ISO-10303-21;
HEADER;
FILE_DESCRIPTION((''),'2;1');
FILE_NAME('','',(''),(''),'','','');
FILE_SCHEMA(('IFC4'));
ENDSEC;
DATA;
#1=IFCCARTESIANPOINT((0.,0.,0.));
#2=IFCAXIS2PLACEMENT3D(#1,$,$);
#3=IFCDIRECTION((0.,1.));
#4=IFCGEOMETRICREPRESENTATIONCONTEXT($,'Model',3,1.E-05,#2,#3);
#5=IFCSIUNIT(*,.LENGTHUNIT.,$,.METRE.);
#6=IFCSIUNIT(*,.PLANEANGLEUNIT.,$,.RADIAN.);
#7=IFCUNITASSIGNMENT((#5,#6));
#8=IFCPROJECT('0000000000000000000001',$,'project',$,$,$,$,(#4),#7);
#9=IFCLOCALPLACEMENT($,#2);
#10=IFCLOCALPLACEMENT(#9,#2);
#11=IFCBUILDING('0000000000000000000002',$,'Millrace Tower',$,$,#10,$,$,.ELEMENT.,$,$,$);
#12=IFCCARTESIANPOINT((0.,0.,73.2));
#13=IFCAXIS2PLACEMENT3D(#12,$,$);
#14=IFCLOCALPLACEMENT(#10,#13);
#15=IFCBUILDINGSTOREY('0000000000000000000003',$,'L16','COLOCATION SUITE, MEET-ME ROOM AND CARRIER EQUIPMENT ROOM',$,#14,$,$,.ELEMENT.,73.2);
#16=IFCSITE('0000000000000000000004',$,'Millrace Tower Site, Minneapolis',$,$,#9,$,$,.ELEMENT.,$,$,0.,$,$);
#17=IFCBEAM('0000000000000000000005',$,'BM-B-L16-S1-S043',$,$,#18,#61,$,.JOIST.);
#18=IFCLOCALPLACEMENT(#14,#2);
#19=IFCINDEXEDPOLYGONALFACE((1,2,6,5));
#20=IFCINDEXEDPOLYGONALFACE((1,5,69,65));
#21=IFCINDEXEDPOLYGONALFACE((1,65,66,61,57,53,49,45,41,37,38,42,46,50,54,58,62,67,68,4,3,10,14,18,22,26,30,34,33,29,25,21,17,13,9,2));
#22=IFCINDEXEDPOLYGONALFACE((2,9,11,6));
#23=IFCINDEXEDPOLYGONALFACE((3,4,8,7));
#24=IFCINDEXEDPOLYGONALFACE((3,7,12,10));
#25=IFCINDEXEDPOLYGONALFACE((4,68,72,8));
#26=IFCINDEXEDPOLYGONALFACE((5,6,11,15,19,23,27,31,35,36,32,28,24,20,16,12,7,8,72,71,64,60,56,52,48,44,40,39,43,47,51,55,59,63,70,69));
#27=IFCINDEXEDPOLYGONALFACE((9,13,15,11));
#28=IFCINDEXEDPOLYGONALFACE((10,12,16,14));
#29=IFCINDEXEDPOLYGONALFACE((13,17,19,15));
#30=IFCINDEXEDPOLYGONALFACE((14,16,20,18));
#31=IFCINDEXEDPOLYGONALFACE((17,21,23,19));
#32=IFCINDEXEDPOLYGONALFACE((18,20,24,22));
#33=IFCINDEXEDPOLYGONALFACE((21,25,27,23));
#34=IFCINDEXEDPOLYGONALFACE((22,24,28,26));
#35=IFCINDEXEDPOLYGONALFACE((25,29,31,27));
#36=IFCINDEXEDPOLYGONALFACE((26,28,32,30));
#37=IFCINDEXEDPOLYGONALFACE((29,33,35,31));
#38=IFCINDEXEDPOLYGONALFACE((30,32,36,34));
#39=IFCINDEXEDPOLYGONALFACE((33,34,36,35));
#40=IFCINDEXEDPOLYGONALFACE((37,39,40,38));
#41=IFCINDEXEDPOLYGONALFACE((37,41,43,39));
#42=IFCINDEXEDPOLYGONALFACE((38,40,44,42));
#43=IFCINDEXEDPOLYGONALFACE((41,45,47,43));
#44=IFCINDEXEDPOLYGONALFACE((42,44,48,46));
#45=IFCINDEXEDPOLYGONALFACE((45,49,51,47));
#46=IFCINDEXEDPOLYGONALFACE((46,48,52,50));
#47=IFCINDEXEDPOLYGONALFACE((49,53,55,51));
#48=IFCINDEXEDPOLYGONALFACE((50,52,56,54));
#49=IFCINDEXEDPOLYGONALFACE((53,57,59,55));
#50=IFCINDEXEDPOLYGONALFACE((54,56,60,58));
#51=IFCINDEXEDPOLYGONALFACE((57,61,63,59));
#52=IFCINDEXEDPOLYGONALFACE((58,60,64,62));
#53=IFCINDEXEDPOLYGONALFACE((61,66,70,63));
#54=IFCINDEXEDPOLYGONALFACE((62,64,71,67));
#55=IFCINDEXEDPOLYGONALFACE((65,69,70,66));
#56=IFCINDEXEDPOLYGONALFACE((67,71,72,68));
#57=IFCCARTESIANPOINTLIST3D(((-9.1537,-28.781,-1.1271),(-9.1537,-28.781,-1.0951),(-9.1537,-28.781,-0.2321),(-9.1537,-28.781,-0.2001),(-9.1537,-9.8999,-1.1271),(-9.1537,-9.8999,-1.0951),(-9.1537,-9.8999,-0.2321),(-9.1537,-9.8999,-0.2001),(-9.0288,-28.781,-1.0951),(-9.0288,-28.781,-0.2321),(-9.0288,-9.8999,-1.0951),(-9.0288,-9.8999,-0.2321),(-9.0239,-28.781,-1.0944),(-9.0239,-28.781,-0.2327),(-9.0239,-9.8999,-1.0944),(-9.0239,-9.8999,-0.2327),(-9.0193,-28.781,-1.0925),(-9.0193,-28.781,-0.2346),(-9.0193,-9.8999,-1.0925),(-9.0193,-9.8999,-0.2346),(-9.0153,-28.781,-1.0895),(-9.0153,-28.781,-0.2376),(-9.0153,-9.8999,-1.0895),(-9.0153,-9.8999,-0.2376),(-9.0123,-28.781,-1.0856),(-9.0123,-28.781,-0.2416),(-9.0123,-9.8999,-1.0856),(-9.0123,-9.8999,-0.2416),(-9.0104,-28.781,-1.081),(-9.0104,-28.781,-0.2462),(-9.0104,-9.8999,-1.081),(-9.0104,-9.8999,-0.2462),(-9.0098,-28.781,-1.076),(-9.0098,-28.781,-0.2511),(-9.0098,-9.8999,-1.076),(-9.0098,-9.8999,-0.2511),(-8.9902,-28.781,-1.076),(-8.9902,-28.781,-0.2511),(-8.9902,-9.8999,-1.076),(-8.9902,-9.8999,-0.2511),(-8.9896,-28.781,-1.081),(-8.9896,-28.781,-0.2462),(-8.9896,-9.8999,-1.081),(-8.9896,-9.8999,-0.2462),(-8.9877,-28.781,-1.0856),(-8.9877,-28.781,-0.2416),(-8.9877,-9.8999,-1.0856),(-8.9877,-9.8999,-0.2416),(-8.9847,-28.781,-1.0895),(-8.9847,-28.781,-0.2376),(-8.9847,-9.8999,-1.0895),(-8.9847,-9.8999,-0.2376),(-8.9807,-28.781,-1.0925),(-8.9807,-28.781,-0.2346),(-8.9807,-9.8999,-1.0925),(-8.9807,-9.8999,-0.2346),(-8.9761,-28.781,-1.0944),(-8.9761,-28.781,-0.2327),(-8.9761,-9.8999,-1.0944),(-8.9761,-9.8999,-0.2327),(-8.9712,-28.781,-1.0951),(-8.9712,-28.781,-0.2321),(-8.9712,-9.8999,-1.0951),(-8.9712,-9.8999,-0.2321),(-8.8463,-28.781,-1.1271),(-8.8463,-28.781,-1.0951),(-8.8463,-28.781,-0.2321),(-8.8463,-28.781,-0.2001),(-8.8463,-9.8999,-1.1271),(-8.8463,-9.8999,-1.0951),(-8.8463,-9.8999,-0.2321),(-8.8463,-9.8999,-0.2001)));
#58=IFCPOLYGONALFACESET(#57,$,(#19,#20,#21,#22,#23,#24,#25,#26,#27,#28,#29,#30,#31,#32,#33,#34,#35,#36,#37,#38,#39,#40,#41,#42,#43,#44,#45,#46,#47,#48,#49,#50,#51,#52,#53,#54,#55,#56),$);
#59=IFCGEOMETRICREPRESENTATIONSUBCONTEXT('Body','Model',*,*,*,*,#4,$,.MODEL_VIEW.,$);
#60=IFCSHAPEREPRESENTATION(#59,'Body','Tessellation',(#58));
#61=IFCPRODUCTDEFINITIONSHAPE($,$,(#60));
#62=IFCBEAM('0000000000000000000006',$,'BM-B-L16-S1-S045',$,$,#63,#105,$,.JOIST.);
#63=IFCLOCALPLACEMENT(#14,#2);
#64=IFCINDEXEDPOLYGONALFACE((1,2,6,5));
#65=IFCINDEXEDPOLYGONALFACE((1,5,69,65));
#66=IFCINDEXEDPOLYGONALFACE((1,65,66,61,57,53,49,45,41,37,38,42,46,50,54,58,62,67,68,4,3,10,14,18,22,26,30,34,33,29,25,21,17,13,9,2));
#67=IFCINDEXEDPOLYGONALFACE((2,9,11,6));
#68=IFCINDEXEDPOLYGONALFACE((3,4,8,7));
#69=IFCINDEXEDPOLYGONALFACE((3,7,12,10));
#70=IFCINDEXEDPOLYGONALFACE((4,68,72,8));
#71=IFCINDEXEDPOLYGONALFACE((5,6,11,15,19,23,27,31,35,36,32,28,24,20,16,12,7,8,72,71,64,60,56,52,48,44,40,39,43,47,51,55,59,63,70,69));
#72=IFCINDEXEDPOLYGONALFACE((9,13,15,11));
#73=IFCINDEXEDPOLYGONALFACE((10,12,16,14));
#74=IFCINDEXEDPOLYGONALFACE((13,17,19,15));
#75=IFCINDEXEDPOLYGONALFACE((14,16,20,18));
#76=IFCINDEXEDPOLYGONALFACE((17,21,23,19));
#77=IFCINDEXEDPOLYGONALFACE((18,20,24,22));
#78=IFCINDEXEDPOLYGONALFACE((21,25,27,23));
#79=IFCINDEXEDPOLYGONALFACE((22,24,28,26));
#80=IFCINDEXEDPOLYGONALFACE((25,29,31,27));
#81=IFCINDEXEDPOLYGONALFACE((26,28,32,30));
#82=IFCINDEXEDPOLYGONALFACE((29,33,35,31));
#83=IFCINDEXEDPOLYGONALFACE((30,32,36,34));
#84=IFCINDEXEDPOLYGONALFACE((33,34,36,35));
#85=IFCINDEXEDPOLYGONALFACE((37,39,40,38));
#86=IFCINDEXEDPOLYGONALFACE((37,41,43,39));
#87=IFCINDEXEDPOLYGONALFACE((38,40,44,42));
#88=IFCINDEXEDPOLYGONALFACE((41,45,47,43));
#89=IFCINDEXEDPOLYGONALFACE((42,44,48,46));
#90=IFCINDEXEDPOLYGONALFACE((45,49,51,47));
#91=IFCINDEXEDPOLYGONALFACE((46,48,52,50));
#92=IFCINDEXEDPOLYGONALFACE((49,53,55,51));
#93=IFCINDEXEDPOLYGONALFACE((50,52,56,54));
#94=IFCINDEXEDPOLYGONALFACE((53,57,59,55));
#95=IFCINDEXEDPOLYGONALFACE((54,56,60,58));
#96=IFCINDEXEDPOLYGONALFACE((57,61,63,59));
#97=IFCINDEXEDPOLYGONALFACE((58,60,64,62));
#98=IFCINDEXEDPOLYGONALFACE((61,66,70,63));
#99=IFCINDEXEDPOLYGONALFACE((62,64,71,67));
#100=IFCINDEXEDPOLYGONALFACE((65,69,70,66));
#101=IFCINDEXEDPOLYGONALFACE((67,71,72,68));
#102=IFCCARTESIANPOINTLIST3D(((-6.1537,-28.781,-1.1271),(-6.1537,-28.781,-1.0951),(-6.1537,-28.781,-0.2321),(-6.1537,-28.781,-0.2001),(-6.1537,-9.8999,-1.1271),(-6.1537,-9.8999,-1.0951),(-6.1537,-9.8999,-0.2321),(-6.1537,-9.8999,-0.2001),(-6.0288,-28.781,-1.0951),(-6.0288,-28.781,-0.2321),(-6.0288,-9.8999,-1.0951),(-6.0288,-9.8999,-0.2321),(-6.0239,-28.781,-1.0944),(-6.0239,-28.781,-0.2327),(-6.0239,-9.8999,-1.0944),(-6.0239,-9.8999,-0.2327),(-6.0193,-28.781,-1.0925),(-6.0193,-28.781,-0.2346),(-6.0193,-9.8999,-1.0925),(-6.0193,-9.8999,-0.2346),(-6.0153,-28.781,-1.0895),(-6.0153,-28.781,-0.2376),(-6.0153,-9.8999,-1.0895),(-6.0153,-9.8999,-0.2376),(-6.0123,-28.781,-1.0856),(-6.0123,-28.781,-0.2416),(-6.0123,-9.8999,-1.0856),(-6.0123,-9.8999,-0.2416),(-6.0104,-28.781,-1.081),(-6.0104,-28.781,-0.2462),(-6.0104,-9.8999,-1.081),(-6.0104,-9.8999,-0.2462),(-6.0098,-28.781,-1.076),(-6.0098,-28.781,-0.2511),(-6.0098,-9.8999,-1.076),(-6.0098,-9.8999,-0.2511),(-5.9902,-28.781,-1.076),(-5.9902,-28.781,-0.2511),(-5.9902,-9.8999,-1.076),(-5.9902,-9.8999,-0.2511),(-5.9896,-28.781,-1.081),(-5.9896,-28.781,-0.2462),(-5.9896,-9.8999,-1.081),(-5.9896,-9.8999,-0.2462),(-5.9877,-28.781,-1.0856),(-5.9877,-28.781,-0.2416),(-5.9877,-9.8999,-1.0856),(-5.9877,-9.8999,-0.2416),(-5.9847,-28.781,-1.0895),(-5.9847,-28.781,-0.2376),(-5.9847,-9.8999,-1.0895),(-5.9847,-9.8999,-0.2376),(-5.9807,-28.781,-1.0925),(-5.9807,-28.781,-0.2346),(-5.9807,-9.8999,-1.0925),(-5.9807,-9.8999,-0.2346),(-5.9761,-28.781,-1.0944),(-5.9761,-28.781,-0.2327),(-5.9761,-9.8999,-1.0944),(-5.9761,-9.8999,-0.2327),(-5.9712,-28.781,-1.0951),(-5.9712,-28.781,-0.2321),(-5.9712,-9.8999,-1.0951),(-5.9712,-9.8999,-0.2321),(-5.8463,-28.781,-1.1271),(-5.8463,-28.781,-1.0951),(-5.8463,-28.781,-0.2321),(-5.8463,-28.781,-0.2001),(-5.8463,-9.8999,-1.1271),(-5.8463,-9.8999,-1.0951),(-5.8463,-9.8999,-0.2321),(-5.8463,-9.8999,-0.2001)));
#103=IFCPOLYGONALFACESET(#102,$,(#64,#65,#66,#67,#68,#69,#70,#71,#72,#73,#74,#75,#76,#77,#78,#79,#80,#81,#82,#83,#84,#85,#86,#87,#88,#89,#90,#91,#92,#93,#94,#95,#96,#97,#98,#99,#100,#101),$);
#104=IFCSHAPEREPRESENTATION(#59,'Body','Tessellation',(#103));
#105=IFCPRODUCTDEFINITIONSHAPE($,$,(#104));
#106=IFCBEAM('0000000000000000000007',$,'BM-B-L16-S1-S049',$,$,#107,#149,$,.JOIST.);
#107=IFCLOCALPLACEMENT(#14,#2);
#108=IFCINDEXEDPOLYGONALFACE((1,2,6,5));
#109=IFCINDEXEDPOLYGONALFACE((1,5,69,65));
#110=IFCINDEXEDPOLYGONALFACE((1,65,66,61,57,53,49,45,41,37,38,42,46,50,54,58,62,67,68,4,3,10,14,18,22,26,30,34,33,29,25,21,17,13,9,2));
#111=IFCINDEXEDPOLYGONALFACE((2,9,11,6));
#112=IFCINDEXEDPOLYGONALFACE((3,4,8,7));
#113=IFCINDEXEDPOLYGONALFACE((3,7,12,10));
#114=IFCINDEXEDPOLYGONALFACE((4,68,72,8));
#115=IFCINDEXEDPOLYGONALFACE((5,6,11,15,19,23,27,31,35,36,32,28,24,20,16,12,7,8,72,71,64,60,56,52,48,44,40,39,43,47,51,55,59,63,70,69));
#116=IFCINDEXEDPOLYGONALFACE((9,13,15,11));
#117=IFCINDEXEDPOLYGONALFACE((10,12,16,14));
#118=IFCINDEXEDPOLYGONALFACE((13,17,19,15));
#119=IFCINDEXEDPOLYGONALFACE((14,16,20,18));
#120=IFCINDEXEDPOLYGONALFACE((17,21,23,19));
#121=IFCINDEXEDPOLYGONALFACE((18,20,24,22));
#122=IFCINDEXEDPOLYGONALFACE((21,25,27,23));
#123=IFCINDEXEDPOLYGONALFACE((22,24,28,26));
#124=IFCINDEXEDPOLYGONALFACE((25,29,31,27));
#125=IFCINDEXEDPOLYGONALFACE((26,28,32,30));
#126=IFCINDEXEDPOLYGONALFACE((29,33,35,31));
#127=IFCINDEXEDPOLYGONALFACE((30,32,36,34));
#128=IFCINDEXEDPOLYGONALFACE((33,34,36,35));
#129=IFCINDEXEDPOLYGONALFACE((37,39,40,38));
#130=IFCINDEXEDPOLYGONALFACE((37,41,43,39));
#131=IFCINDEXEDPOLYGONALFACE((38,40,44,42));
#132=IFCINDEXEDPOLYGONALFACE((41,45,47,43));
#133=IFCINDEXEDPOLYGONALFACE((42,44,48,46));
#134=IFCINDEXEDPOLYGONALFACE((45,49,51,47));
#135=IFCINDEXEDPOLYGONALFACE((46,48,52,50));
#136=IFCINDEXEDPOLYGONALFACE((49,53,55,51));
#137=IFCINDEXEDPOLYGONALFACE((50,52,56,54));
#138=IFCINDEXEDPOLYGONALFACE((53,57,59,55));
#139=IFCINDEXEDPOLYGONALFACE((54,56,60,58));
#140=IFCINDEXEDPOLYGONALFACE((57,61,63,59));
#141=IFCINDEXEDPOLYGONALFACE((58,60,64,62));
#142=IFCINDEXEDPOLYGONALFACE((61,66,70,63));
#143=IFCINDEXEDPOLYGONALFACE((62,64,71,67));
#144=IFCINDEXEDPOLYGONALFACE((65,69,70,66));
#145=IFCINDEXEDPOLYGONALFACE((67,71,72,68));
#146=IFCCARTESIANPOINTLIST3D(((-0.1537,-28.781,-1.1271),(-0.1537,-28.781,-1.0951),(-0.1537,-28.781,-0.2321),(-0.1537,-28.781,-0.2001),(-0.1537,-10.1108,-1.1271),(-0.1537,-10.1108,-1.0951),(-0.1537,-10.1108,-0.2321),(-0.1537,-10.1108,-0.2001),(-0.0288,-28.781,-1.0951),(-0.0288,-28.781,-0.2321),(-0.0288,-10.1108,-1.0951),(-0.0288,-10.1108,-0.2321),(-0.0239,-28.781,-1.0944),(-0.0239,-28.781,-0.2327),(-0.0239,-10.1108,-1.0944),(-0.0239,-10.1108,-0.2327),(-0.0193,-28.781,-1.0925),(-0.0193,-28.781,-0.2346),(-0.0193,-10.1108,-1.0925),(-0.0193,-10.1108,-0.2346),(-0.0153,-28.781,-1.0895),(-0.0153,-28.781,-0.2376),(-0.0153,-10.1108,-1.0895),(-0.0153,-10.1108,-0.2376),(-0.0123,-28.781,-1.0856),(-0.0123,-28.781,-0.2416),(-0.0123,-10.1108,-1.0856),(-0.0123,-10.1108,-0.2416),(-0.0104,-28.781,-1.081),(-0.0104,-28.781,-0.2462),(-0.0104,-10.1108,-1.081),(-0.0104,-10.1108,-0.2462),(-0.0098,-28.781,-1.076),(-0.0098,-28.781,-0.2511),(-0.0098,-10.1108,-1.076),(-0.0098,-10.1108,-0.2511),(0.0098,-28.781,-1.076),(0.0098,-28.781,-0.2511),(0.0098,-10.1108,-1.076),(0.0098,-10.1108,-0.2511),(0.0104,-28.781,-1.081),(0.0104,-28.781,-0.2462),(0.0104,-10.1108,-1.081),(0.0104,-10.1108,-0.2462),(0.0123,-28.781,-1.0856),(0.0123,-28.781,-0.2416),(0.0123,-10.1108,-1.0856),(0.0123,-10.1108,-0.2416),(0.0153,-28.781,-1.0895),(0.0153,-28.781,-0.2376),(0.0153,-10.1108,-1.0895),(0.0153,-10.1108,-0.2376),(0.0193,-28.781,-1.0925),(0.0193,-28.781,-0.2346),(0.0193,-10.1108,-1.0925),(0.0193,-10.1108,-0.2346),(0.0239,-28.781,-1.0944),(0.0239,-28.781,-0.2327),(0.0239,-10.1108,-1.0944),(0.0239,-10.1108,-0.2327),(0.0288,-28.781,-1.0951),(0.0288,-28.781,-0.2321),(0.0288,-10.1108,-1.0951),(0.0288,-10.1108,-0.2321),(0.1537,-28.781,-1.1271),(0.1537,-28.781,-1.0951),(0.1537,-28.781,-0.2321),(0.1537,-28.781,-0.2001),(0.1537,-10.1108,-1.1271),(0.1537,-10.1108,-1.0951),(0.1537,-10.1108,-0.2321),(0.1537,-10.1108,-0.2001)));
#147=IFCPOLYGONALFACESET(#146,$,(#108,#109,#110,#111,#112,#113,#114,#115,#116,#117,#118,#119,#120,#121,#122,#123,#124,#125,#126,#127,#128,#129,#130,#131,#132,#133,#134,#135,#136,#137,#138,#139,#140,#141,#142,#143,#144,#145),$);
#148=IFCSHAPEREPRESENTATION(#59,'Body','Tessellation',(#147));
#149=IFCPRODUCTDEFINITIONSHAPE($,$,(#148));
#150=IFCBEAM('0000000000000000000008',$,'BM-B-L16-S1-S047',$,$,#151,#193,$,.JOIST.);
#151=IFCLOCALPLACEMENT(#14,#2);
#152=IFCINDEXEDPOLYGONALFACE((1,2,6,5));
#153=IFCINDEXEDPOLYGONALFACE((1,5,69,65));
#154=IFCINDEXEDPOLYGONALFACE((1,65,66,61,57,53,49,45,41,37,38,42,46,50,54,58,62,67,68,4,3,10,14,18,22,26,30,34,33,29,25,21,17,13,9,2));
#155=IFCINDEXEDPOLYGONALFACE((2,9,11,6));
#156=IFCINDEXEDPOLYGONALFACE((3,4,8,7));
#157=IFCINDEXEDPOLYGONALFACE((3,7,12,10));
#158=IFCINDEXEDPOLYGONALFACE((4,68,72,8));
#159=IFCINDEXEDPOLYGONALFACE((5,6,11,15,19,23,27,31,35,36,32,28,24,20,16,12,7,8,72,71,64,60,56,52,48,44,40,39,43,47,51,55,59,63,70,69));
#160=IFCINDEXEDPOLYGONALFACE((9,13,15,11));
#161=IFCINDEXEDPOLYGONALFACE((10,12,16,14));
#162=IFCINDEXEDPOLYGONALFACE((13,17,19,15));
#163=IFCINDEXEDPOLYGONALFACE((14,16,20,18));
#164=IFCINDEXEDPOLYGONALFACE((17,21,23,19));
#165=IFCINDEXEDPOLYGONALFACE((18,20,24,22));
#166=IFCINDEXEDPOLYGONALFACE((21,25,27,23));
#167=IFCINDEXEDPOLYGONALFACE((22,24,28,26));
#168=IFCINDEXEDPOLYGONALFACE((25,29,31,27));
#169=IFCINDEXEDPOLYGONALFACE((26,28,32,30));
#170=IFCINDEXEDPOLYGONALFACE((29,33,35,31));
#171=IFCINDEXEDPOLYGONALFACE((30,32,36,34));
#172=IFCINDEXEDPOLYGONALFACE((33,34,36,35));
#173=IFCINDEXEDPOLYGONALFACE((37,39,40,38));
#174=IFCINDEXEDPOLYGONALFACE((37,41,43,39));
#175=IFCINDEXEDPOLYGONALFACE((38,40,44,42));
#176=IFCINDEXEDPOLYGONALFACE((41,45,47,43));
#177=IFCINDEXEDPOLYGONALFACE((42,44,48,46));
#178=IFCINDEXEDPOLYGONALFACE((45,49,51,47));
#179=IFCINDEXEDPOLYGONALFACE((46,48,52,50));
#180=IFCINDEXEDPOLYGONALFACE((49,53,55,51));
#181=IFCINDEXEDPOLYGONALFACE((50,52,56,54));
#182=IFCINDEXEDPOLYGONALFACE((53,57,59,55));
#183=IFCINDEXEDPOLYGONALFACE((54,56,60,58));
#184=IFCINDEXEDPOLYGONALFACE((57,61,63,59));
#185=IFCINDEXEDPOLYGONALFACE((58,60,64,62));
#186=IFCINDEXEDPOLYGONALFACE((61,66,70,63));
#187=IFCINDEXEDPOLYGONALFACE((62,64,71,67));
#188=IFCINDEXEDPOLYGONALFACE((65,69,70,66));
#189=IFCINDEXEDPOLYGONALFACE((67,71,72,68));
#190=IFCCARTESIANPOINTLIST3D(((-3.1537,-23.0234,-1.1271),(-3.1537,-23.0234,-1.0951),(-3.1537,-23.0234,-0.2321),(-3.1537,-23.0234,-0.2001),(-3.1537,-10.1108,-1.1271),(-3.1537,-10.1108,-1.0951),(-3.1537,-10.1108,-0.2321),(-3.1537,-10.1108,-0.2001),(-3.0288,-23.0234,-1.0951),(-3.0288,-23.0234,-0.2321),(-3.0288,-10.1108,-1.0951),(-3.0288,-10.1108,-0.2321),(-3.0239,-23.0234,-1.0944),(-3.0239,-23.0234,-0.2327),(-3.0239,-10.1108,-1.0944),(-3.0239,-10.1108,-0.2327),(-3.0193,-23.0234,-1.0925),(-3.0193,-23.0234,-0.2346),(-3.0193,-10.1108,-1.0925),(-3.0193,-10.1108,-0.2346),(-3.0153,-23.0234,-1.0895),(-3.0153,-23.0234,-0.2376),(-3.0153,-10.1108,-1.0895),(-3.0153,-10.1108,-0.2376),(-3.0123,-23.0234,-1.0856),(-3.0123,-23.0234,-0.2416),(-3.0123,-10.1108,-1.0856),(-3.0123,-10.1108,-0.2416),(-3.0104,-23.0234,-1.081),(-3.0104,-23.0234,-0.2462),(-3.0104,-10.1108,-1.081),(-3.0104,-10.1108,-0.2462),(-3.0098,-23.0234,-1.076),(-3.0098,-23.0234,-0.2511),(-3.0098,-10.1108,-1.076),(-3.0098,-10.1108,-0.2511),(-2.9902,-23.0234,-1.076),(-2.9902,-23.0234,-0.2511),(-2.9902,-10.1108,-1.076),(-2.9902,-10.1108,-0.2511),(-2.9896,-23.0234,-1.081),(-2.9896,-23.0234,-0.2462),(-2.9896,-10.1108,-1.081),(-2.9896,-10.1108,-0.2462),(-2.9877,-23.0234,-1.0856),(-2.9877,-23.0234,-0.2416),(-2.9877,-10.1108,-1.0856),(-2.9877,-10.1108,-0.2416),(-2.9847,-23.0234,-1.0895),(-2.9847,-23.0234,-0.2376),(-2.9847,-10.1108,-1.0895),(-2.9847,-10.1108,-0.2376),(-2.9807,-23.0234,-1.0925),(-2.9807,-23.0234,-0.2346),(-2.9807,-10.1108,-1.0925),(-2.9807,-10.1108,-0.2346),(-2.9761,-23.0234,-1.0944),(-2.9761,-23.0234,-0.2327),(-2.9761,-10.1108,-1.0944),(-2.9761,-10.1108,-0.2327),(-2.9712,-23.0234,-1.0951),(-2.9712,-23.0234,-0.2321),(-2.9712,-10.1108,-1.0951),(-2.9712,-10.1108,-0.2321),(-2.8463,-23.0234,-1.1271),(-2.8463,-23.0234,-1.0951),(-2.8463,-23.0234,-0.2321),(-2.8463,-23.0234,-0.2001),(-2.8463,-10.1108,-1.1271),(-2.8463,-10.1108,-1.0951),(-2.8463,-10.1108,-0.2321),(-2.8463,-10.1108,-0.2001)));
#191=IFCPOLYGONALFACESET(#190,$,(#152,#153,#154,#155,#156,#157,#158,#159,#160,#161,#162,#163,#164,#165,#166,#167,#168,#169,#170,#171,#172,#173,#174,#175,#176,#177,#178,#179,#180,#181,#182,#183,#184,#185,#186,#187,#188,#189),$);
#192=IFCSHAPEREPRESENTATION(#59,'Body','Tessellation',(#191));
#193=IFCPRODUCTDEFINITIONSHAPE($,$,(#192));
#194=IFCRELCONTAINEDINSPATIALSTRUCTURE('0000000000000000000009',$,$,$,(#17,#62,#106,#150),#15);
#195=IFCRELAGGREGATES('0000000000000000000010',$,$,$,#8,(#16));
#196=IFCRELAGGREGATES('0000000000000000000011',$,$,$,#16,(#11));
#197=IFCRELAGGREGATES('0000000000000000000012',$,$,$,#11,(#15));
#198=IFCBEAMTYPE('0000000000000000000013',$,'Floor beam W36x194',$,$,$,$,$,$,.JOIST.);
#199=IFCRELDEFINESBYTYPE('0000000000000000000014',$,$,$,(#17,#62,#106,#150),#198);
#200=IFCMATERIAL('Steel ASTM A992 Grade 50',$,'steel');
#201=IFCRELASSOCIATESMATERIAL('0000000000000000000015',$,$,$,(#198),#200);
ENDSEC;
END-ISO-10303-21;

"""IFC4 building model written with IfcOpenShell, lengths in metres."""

from ifc_helpers import new_model, si_unit, direction, frame, origin, origin_2d, place, context, subcontext, project, spatial, i_section, extrude, material, material_profile, profile_set, type_object, element, save


model = new_model("IFC4")

# Units and contexts
model_context = context("Model", 3, precision=1e-05, world=origin(), true_north=direction((0.0, 1.0)))
body_context = subcontext(model_context, "Body", "Model", "MODEL_VIEW")
ifc_project = project(units=[si_unit("LENGTHUNIT", "METRE"), si_unit("PLANEANGLEUNIT", "RADIAN")], contexts=[model_context])

# Site, building, storey
site_placement = place(None, origin())
site = spatial("IfcSite", under=ifc_project, at=site_placement, Name="Millrace Tower Site, Minneapolis", CompositionType="ELEMENT", RefElevation=0.0)
building_placement = place(site_placement, origin())
building = spatial("IfcBuilding", under=site, at=building_placement, Name="Millrace Tower", CompositionType="ELEMENT")
storey_placement = place(building_placement, frame((0.0, 0.0, 73.2)))
storey = spatial("IfcBuildingStorey", under=building, at=storey_placement, Name="L16", Description="COLOCATION SUITE, MEET-ME ROOM AND CARRIER EQUIPMENT ROOM", CompositionType="ELEMENT", Elevation=73.2)

# Beams
ifc_material_1 = material(Name="Steel ASTM A992 Grade 50", Category="steel")
ifc_material_profile_1 = material_profile(ifc_material_1, i_section(OverallWidth=0.3074, OverallDepth=0.927, WebThickness=0.0195, FlangeThickness=0.032, FilletRadius=0.019, at=origin_2d()))
ifc_profile_set_1 = profile_set([ifc_material_profile_1], Name="Steel ASTM A992 Grade 50")
beam_type_1 = type_object("IfcBeamType", Name="Floor beam W36x194", PredefinedType="JOIST", material=ifc_profile_set_1)
for number, where, z_axis, x_axis, name in (
    (1, (-9.0, -28.781, -0.6636), (0.0, 1.0, 0.0), (-1.0, 0.0, 0.0), "BM-B-L16-S1-S043"),
    (2, (-6.0, -28.781, -0.6636), (0.0, 1.0, 0.0), (-1.0, 0.0, 0.0), "BM-B-L16-S1-S045"),
):
    element("IfcBeam", number, at=place(storey_placement, frame(where, z_axis=z_axis, x_axis=x_axis)), inside=storey, type_object=beam_type_1, Name=name, PredefinedType="JOIST", context=body_context, shape_type="SweptSolid", body=[
        extrude(i_section(OverallWidth=0.3074, OverallDepth=0.927, WebThickness=0.0195, FlangeThickness=0.032, FilletRadius=0.019, at=origin_2d()), origin(), (0.0, 0.0, 1.0), 18.8811),
    ])
beam_1_placement = place(storey_placement, frame((0.0, -28.781, -0.6636), z_axis=(0.0, 1.0, 0.0), x_axis=(-1.0, 0.0, 0.0)))
element("IfcBeam", 3, at=beam_1_placement, inside=storey, type_object=beam_type_1, Name="BM-B-L16-S1-S049", PredefinedType="JOIST", context=body_context, shape_type="SweptSolid", body=[
    extrude(i_section(OverallWidth=0.3074, OverallDepth=0.927, WebThickness=0.0195, FlangeThickness=0.032, FilletRadius=0.019, at=origin_2d()), origin(), (0.0, 0.0, 1.0), 18.6702),
])
beam_2_placement = place(storey_placement, frame((-3.0, -23.0234, -0.6636), z_axis=(0.0, 1.0, 0.0), x_axis=(-1.0, 0.0, 0.0)))
element("IfcBeam", 4, at=beam_2_placement, inside=storey, type_object=beam_type_1, Name="BM-B-L16-S1-S047", PredefinedType="JOIST", context=body_context, shape_type="SweptSolid", body=[
    extrude(i_section(OverallWidth=0.3074, OverallDepth=0.927, WebThickness=0.0195, FlangeThickness=0.032, FilletRadius=0.019, at=origin_2d()), origin(), (0.0, 0.0, 1.0), 12.9126),
])

save(model, "model.ifc")
